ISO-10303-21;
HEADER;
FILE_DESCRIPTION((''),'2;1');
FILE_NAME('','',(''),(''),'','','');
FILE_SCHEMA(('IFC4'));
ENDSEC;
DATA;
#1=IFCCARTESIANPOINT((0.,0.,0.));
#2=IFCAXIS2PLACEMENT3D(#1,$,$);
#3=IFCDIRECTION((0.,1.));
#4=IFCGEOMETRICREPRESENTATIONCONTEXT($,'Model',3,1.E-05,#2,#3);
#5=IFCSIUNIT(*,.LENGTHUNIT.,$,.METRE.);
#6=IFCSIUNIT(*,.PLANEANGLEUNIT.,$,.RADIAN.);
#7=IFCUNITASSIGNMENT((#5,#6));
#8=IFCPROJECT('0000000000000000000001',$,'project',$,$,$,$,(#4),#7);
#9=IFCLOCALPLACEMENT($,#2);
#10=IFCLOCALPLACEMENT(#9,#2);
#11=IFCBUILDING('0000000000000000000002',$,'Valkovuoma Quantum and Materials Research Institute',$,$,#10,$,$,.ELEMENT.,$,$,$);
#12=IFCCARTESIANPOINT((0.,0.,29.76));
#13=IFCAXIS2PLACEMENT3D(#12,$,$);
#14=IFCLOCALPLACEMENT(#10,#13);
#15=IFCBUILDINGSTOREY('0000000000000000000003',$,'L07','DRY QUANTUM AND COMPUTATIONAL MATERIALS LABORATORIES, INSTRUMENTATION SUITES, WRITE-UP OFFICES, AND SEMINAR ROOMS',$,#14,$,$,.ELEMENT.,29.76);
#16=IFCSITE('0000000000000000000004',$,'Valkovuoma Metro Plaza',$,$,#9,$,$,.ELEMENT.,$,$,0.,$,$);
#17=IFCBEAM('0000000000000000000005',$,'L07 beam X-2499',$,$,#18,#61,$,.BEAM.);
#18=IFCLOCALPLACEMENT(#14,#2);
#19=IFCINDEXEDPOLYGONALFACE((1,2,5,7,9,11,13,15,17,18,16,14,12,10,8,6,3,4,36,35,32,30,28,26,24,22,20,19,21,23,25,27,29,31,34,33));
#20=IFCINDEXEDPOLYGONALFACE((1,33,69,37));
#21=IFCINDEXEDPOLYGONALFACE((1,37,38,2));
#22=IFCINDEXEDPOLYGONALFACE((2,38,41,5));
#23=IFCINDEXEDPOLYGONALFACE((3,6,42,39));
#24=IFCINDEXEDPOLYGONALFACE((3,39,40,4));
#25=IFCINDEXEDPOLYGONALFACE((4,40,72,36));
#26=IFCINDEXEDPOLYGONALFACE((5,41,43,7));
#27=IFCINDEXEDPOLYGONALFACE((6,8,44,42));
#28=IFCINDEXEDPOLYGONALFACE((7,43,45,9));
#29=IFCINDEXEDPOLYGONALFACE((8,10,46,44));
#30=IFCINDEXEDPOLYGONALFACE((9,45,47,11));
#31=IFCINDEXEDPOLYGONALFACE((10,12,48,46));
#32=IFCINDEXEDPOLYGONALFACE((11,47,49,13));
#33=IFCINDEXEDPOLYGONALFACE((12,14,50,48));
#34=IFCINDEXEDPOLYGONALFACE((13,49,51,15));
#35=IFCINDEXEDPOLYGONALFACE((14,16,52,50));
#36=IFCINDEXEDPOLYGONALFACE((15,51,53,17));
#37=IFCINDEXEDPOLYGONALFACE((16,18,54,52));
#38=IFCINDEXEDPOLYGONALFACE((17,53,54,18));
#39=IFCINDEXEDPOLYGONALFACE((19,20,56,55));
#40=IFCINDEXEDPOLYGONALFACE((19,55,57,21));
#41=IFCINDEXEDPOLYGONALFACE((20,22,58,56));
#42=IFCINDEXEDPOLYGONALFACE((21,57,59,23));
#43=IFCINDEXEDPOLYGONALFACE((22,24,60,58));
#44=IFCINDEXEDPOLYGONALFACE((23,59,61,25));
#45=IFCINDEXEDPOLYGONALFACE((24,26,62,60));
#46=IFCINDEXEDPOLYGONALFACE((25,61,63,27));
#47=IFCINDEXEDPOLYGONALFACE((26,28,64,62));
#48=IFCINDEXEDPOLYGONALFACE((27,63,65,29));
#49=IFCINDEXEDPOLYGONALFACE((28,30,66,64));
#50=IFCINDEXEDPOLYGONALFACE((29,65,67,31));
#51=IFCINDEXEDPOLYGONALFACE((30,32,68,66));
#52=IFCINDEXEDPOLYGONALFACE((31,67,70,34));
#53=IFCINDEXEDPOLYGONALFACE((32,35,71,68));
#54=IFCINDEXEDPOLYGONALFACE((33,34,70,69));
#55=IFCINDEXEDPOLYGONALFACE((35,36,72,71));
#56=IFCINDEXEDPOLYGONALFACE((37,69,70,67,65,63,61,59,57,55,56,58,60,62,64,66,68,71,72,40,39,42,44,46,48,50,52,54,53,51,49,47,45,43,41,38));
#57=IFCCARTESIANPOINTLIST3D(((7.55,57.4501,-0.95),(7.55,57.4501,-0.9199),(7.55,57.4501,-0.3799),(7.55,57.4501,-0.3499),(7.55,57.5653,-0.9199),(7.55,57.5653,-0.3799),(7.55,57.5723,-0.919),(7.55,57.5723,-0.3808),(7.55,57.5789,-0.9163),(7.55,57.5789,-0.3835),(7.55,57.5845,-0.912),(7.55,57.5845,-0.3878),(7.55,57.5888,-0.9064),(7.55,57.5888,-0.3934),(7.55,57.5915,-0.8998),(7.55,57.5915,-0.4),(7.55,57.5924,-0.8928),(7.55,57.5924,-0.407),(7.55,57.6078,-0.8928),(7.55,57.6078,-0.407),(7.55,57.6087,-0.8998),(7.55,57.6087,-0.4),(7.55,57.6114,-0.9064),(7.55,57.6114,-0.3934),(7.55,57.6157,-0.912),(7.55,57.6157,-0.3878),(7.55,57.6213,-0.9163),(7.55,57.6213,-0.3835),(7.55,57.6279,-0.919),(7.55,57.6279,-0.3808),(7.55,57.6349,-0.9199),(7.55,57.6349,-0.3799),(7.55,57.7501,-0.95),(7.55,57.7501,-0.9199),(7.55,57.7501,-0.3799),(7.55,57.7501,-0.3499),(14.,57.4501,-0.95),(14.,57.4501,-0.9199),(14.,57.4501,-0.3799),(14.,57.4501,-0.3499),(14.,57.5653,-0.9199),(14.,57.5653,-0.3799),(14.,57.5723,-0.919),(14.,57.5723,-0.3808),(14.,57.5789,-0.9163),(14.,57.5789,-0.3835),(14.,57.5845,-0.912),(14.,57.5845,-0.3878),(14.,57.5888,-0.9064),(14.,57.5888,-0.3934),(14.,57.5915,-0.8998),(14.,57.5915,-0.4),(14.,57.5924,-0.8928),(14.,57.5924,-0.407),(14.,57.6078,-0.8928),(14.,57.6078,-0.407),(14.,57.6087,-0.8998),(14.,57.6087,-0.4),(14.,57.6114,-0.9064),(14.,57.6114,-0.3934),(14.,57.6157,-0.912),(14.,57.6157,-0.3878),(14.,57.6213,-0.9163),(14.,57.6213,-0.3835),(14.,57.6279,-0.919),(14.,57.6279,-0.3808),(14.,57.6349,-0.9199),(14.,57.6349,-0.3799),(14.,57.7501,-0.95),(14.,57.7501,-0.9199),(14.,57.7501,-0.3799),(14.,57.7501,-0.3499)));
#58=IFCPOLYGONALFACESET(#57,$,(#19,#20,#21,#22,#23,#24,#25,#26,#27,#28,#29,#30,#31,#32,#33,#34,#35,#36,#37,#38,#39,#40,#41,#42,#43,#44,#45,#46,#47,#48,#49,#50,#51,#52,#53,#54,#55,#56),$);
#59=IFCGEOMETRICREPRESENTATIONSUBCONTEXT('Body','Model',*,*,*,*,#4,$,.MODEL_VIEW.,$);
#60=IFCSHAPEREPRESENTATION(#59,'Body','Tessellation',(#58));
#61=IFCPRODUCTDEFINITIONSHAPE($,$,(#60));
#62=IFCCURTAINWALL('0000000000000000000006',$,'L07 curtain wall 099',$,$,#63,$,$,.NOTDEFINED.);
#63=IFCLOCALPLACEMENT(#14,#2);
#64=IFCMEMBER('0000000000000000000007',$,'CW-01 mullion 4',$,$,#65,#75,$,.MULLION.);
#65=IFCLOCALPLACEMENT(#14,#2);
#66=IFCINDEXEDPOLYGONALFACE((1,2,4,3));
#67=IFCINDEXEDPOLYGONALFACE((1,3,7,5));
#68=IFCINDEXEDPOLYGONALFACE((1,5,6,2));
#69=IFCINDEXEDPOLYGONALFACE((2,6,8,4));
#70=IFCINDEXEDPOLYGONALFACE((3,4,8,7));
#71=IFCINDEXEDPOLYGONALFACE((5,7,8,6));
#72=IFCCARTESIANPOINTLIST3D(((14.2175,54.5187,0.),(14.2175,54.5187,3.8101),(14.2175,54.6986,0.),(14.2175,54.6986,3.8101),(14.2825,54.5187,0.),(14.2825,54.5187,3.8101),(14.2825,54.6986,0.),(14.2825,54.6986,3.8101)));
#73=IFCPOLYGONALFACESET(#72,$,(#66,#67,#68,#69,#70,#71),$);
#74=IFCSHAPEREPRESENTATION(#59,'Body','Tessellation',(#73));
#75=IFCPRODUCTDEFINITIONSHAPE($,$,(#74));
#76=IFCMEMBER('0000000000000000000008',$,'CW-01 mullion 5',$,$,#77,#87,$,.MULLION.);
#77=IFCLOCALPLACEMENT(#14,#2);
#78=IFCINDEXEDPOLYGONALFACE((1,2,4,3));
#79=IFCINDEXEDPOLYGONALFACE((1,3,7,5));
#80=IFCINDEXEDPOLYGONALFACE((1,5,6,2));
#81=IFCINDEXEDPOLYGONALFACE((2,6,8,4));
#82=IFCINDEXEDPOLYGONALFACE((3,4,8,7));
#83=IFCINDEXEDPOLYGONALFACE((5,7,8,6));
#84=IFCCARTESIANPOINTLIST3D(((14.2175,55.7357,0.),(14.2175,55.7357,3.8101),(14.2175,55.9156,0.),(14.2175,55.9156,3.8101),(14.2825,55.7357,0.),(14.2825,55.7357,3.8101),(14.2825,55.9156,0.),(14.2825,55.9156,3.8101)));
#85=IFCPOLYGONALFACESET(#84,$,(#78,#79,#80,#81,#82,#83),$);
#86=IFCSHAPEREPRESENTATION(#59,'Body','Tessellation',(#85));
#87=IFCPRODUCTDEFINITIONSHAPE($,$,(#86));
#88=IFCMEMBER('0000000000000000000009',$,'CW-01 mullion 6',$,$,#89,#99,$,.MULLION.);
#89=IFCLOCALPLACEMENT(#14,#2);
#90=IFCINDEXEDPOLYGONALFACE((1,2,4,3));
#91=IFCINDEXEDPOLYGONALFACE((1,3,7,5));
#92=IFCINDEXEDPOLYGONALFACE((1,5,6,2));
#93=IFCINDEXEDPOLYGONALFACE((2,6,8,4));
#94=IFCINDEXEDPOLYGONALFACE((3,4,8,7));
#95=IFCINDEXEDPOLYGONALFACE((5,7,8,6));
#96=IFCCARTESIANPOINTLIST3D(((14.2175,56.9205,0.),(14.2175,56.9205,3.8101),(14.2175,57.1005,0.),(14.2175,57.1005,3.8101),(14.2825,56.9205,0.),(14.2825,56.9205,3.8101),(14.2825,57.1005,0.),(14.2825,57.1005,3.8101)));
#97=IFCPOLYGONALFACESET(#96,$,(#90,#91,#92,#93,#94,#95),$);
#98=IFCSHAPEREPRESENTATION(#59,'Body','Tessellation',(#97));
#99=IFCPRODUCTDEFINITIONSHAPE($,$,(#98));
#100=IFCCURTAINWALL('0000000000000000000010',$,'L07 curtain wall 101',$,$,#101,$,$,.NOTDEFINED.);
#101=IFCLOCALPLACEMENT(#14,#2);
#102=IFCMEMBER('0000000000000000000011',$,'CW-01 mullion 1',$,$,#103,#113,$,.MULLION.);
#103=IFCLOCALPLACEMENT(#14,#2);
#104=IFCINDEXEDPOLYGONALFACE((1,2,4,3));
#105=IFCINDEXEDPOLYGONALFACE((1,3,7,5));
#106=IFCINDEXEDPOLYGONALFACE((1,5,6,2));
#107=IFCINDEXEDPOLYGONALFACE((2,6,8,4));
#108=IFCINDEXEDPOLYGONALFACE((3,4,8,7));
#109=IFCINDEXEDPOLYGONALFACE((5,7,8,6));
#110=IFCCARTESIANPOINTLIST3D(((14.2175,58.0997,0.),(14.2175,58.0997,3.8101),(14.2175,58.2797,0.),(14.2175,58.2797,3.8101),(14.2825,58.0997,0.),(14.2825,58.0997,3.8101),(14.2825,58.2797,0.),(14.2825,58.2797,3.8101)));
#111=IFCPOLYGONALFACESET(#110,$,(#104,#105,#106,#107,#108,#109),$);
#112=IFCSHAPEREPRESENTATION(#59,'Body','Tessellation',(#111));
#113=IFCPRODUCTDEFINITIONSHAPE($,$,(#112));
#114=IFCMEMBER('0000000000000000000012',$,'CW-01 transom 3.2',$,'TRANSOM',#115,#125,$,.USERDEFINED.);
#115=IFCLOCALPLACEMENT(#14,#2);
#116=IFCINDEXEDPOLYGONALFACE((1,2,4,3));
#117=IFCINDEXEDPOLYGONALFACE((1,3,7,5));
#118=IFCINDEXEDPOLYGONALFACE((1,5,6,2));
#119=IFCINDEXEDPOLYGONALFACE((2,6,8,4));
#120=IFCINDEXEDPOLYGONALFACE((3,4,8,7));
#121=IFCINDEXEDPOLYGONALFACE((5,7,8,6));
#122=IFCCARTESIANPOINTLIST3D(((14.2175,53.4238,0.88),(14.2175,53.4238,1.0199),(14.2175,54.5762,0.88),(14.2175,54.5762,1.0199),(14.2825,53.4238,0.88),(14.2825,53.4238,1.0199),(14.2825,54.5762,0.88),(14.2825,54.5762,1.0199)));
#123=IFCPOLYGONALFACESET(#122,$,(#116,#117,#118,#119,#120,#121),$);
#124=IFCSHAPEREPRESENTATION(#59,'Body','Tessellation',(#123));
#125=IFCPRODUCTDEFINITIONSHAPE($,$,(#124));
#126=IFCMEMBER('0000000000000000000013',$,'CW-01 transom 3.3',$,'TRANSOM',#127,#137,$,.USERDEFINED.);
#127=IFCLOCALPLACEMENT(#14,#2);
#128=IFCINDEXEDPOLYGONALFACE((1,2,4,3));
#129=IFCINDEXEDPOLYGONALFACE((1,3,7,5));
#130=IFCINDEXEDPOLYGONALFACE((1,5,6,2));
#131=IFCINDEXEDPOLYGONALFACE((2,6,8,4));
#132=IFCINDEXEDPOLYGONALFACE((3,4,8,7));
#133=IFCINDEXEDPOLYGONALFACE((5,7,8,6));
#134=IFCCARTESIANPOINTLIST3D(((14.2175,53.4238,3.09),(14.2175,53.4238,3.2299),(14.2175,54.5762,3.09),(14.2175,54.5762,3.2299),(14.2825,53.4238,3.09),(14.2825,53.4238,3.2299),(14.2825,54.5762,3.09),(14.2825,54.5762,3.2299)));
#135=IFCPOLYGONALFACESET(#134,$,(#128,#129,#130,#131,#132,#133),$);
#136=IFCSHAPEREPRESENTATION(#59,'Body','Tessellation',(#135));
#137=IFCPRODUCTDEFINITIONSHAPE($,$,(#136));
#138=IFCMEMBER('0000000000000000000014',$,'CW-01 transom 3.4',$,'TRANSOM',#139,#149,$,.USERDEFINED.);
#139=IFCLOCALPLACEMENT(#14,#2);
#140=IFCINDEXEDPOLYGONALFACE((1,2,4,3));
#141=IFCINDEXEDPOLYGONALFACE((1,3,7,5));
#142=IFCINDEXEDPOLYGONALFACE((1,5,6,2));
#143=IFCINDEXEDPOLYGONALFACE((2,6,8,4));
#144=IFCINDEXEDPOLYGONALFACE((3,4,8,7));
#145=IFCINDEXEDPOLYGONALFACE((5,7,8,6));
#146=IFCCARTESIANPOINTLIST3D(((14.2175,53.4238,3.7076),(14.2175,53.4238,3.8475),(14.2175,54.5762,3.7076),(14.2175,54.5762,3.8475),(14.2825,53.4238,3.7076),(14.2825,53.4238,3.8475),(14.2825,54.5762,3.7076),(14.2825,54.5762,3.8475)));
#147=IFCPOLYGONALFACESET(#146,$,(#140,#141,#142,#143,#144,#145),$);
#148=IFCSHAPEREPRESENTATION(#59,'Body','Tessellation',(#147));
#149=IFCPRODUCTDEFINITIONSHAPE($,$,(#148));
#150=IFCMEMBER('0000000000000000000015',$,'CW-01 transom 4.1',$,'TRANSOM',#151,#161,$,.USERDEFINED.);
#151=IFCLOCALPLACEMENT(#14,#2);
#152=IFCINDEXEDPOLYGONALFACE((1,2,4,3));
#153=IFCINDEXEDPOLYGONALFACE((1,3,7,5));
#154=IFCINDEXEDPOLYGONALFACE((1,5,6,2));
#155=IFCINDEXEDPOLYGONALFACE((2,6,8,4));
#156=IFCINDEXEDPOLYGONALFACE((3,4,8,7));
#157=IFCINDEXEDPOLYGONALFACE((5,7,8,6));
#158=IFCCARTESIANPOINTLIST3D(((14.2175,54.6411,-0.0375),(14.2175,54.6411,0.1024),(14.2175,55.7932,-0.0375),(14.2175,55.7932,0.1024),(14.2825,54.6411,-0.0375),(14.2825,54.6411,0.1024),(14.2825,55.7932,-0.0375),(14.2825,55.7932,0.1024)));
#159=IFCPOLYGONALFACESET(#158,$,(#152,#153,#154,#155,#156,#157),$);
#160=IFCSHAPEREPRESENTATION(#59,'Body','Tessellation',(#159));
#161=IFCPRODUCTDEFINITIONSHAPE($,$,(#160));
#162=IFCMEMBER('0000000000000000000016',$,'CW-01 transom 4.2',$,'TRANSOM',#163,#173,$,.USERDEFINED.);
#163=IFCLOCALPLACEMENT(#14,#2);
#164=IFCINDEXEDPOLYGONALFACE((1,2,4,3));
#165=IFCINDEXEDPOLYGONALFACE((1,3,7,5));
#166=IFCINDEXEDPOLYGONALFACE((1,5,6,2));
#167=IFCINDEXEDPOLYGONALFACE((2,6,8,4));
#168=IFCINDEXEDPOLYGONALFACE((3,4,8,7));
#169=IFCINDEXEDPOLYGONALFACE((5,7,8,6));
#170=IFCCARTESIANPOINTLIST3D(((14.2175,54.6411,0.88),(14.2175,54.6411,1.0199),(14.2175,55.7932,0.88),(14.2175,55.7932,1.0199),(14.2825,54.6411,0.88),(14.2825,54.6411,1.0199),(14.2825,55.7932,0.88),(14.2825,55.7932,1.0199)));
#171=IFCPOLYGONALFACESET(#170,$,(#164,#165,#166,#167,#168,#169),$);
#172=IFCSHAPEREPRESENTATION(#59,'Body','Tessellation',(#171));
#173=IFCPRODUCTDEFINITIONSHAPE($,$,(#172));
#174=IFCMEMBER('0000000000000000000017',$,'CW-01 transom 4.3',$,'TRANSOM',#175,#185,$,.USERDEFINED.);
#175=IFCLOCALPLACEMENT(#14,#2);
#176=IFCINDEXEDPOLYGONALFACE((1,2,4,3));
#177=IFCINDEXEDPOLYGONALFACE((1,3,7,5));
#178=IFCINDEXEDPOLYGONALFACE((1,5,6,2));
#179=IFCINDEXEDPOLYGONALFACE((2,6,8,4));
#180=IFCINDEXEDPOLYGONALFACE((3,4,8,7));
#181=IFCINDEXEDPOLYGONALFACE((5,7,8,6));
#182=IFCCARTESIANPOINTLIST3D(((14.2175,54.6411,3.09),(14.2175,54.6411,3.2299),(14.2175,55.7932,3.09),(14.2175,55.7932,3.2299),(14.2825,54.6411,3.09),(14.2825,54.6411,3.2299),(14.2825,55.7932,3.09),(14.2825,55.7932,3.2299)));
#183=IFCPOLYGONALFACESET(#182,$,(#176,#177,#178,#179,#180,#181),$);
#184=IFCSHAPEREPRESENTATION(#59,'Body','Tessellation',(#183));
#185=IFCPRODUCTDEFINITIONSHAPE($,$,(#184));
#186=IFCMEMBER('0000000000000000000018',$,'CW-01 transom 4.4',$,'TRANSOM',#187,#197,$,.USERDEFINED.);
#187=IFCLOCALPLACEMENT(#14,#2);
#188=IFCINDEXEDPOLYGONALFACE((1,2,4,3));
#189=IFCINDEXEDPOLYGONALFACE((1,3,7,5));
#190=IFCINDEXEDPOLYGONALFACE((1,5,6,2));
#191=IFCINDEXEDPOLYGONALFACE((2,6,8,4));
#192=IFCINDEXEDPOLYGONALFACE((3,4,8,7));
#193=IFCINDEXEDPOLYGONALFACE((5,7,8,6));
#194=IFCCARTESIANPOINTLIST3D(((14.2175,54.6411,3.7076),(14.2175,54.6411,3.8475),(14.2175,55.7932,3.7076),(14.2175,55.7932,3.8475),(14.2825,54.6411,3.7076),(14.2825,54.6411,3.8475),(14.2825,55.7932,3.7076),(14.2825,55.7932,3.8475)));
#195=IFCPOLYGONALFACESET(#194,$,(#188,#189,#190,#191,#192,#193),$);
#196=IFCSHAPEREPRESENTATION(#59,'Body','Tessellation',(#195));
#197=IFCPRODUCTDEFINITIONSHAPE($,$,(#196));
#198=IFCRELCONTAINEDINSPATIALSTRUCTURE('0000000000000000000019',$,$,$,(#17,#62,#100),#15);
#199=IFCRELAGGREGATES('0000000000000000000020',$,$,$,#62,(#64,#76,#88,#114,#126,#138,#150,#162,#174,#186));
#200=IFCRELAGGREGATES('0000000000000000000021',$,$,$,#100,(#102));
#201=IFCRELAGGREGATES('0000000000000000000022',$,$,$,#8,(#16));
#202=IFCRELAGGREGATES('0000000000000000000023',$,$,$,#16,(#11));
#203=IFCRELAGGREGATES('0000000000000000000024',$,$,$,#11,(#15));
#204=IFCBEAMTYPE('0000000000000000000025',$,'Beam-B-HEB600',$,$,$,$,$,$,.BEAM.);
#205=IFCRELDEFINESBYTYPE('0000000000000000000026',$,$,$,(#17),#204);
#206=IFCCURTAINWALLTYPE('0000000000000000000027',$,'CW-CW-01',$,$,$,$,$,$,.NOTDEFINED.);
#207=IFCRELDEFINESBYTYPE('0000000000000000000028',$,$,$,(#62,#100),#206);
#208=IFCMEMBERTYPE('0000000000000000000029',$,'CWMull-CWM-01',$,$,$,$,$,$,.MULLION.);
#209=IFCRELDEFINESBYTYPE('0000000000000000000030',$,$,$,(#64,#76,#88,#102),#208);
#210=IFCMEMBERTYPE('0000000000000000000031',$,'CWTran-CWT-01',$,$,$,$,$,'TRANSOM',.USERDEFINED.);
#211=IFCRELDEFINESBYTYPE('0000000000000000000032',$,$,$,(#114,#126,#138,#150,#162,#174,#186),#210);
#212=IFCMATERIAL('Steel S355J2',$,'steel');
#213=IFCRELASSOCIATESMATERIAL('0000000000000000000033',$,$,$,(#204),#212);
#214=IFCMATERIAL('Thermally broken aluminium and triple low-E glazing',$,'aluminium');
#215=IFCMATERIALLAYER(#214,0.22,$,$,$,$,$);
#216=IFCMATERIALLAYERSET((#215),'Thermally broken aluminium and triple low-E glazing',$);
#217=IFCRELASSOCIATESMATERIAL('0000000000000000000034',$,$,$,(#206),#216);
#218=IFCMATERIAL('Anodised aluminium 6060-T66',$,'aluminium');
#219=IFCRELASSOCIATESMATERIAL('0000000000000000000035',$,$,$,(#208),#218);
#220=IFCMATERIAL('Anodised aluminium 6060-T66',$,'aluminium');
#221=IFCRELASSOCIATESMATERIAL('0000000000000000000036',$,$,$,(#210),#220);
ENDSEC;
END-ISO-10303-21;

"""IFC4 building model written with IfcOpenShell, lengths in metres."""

from ifc_helpers import new_model, si_unit, direction, frame, origin, origin_2d, place, context, subcontext, project, spatial, rectangle, i_section, extrude, material, layer, layer_set, material_profile, profile_set, type_object, element, aggregate, save


model = new_model("IFC4")

# Units and contexts
model_context = context("Model", 3, precision=1e-05, world=origin(), true_north=direction((0.0, 1.0)))
body_context = subcontext(model_context, "Body", "Model", "MODEL_VIEW")
ifc_project = project(units=[si_unit("LENGTHUNIT", "METRE"), si_unit("PLANEANGLEUNIT", "RADIAN")], contexts=[model_context])

# Site, building, storey
site_placement = place(None, origin())
site = spatial("IfcSite", under=ifc_project, at=site_placement, Name="Valkovuoma Metro Plaza", CompositionType="ELEMENT", RefElevation=0.0)
building_placement = place(site_placement, origin())
building = spatial("IfcBuilding", under=site, at=building_placement, Name="Valkovuoma Quantum and Materials Research Institute", CompositionType="ELEMENT")
storey_placement = place(building_placement, frame((0.0, 0.0, 29.76)))
storey = spatial("IfcBuildingStorey", under=building, at=storey_placement, Name="L07", Description="DRY QUANTUM AND COMPUTATIONAL MATERIALS LABORATORIES, INSTRUMENTATION SUITES, WRITE-UP OFFICES, AND SEMINAR ROOMS", CompositionType="ELEMENT", Elevation=29.76)

# Beam
ifc_material_1 = material(Name="Steel S355J2", Category="steel")
ifc_material_profile_1 = material_profile(ifc_material_1, i_section(OverallWidth=0.3, OverallDepth=0.6001, WebThickness=0.0154, FlangeThickness=0.03, FilletRadius=0.0271, at=origin_2d()), Name="Steel S355J2")
ifc_profile_set_1 = profile_set([ifc_material_profile_1], Name="Steel S355J2")
beam_type = type_object("IfcBeamType", Name="Beam-B-HEB600", PredefinedType="BEAM", material=ifc_profile_set_1)
beam_placement = place(storey_placement, frame((7.55, 57.6001, -0.6499), z_axis=(1.0, 0.0, 0.0), x_axis=(0.0, 1.0, 0.0)))
element("IfcBeam", 1, at=beam_placement, inside=storey, type_object=beam_type, Name="L07 beam X-2499", PredefinedType="BEAM", context=body_context, shape_type="SweptSolid", body=[
    extrude(i_section(OverallWidth=0.3, OverallDepth=0.6001, WebThickness=0.0154, FlangeThickness=0.03, FilletRadius=0.0271, at=origin_2d()), origin(), (0.0, 0.0, 1.0), 6.45),
])

# Curtain wall, members
ifc_material_2 = material(Name="Thermally broken aluminium and triple low-E glazing", Category="aluminium")
ifc_layer_1 = layer(ifc_material_2, 0.22)
ifc_layer_set_1 = layer_set([ifc_layer_1], Name="Thermally broken aluminium and triple low-E glazing")
curtain_wall_type = type_object("IfcCurtainWallType", Name="CW-CW-01", PredefinedType="NOTDEFINED", material=ifc_layer_set_1)
curtain_wall_1_placement = place(storey_placement, origin())
curtain_wall_1 = element("IfcCurtainWall", 2, at=curtain_wall_1_placement, inside=storey, type_object=curtain_wall_type, Name="L07 curtain wall 099", PredefinedType="NOTDEFINED")
ifc_material_3 = material(Name="Anodised aluminium 6060-T66", Category="aluminium")
ifc_material_profile_2 = material_profile(ifc_material_3, rectangle(XDim=0.0649, YDim=0.1799, at=origin_2d()), Name="Anodised aluminium 6060-T66")
ifc_profile_set_2 = profile_set([ifc_material_profile_2], Name="Anodised aluminium 6060-T66")
member_type_1 = type_object("IfcMemberType", Name="CWMull-CWM-01", PredefinedType="MULLION", material=ifc_profile_set_2)
member_1_placement = place(storey_placement, frame((14.25, 54.6086, 0.0), z_axis=(0.0, 0.0, 1.0), x_axis=(-1.0, 0.0, 0.0)))
member_1 = element("IfcMember", 3, at=member_1_placement, type_object=member_type_1, Name="CW-01 mullion 4", PredefinedType="MULLION", context=body_context, shape_type="SweptSolid", body=[
    extrude(rectangle(XDim=0.0649, YDim=0.1799, at=origin_2d()), origin(), (0.0, 0.0, 1.0), 3.8101),
])
member_2_placement = place(storey_placement, frame((14.25, 55.8257, 0.0), z_axis=(0.0, 0.0, 1.0), x_axis=(-1.0, 0.0, 0.0)))
member_2 = element("IfcMember", 4, at=member_2_placement, type_object=member_type_1, Name="CW-01 mullion 5", PredefinedType="MULLION", context=body_context, shape_type="SweptSolid", body=[
    extrude(rectangle(XDim=0.0649, YDim=0.1799, at=origin_2d()), origin(), (0.0, 0.0, 1.0), 3.8101),
])
member_3_placement = place(storey_placement, frame((14.25, 57.0105, 0.0), z_axis=(0.0, 0.0, 1.0), x_axis=(-1.0, 0.0, 0.0)))
member_3 = element("IfcMember", 5, at=member_3_placement, type_object=member_type_1, Name="CW-01 mullion 6", PredefinedType="MULLION", context=body_context, shape_type="SweptSolid", body=[
    extrude(rectangle(XDim=0.0649, YDim=0.1799, at=origin_2d()), origin(), (0.0, 0.0, 1.0), 3.8101),
])

# Curtain wall, member
curtain_wall_2_placement = place(storey_placement, origin())
curtain_wall_2 = element("IfcCurtainWall", 6, at=curtain_wall_2_placement, inside=storey, type_object=curtain_wall_type, Name="L07 curtain wall 101", PredefinedType="NOTDEFINED")
member_4_placement = place(storey_placement, frame((14.25, 58.1897, 0.0), z_axis=(0.0, 0.0, 1.0), x_axis=(-1.0, 0.0, 0.0)))
member_4 = element("IfcMember", 7, at=member_4_placement, type_object=member_type_1, Name="CW-01 mullion 1", PredefinedType="MULLION", context=body_context, shape_type="SweptSolid", body=[
    extrude(rectangle(XDim=0.0649, YDim=0.1799, at=origin_2d()), origin(), (0.0, 0.0, 1.0), 3.8101),
])

# Members
ifc_material_4 = material(Name="Anodised aluminium 6060-T66", Category="aluminium")
ifc_material_profile_3 = material_profile(ifc_material_4, rectangle(XDim=0.0649, YDim=0.1399, at=origin_2d()), Name="Anodised aluminium 6060-T66")
ifc_profile_set_3 = profile_set([ifc_material_profile_3], Name="Anodised aluminium 6060-T66")
member_type_2 = type_object("IfcMemberType", Name="CWTran-CWT-01", ElementType="TRANSOM", PredefinedType="USERDEFINED", material=ifc_profile_set_3)
member_5_placement = place(storey_placement, frame((14.25, 53.4238, 0.95), z_axis=(0.0, 1.0, 0.0), x_axis=(-1.0, 0.0, 0.0)))
member_5 = element("IfcMember", 8, at=member_5_placement, type_object=member_type_2, Name="CW-01 transom 3.2", ObjectType="TRANSOM", PredefinedType="USERDEFINED", context=body_context, shape_type="SweptSolid", body=[
    extrude(rectangle(XDim=0.0649, YDim=0.1399, at=origin_2d()), origin(), (0.0, 0.0, 1.0), 1.1523),
])
member_6_placement = place(storey_placement, frame((14.25, 53.4238, 3.1599), z_axis=(0.0, 1.0, 0.0), x_axis=(-1.0, 0.0, 0.0)))
member_6 = element("IfcMember", 9, at=member_6_placement, type_object=member_type_2, Name="CW-01 transom 3.3", ObjectType="TRANSOM", PredefinedType="USERDEFINED", context=body_context, shape_type="SweptSolid", body=[
    extrude(rectangle(XDim=0.0649, YDim=0.1399, at=origin_2d()), origin(), (0.0, 0.0, 1.0), 1.1523),
])
member_7_placement = place(storey_placement, frame((14.25, 53.4238, 3.7776), z_axis=(0.0, 1.0, 0.0), x_axis=(-1.0, 0.0, 0.0)))
member_7 = element("IfcMember", 10, at=member_7_placement, type_object=member_type_2, Name="CW-01 transom 3.4", ObjectType="TRANSOM", PredefinedType="USERDEFINED", context=body_context, shape_type="SweptSolid", body=[
    extrude(rectangle(XDim=0.0649, YDim=0.1399, at=origin_2d()), origin(), (0.0, 0.0, 1.0), 1.1523),
])
member_8_placement = place(storey_placement, frame((14.25, 54.6411, 0.0325), z_axis=(0.0, 1.0, 0.0), x_axis=(-1.0, 0.0, 0.0)))
member_8 = element("IfcMember", 11, at=member_8_placement, type_object=member_type_2, Name="CW-01 transom 4.1", ObjectType="TRANSOM", PredefinedType="USERDEFINED", context=body_context, shape_type="SweptSolid", body=[
    extrude(rectangle(XDim=0.0649, YDim=0.1399, at=origin_2d()), origin(), (0.0, 0.0, 1.0), 1.1521),
])
member_9_placement = place(storey_placement, frame((14.25, 54.6411, 0.95), z_axis=(0.0, 1.0, 0.0), x_axis=(-1.0, 0.0, 0.0)))
member_9 = element("IfcMember", 12, at=member_9_placement, type_object=member_type_2, Name="CW-01 transom 4.2", ObjectType="TRANSOM", PredefinedType="USERDEFINED", context=body_context, shape_type="SweptSolid", body=[
    extrude(rectangle(XDim=0.0649, YDim=0.1399, at=origin_2d()), origin(), (0.0, 0.0, 1.0), 1.1521),
])
member_10_placement = place(storey_placement, frame((14.25, 54.6411, 3.1599), z_axis=(0.0, 1.0, 0.0), x_axis=(-1.0, 0.0, 0.0)))
member_10 = element("IfcMember", 13, at=member_10_placement, type_object=member_type_2, Name="CW-01 transom 4.3", ObjectType="TRANSOM", PredefinedType="USERDEFINED", context=body_context, shape_type="SweptSolid", body=[
    extrude(rectangle(XDim=0.0649, YDim=0.1399, at=origin_2d()), origin(), (0.0, 0.0, 1.0), 1.1521),
])
member_11_placement = place(storey_placement, frame((14.25, 54.6411, 3.7776), z_axis=(0.0, 1.0, 0.0), x_axis=(-1.0, 0.0, 0.0)))
member_11 = element("IfcMember", 14, at=member_11_placement, type_object=member_type_2, Name="CW-01 transom 4.4", ObjectType="TRANSOM", PredefinedType="USERDEFINED", context=body_context, shape_type="SweptSolid", body=[
    extrude(rectangle(XDim=0.0649, YDim=0.1399, at=origin_2d()), origin(), (0.0, 0.0, 1.0), 1.1521),
])

aggregate(curtain_wall_1, [member_1, member_2, member_3, member_5, member_6, member_7, member_8, member_9, member_10, member_11])
aggregate(curtain_wall_2, [member_4])

save(model, "model.ifc")
